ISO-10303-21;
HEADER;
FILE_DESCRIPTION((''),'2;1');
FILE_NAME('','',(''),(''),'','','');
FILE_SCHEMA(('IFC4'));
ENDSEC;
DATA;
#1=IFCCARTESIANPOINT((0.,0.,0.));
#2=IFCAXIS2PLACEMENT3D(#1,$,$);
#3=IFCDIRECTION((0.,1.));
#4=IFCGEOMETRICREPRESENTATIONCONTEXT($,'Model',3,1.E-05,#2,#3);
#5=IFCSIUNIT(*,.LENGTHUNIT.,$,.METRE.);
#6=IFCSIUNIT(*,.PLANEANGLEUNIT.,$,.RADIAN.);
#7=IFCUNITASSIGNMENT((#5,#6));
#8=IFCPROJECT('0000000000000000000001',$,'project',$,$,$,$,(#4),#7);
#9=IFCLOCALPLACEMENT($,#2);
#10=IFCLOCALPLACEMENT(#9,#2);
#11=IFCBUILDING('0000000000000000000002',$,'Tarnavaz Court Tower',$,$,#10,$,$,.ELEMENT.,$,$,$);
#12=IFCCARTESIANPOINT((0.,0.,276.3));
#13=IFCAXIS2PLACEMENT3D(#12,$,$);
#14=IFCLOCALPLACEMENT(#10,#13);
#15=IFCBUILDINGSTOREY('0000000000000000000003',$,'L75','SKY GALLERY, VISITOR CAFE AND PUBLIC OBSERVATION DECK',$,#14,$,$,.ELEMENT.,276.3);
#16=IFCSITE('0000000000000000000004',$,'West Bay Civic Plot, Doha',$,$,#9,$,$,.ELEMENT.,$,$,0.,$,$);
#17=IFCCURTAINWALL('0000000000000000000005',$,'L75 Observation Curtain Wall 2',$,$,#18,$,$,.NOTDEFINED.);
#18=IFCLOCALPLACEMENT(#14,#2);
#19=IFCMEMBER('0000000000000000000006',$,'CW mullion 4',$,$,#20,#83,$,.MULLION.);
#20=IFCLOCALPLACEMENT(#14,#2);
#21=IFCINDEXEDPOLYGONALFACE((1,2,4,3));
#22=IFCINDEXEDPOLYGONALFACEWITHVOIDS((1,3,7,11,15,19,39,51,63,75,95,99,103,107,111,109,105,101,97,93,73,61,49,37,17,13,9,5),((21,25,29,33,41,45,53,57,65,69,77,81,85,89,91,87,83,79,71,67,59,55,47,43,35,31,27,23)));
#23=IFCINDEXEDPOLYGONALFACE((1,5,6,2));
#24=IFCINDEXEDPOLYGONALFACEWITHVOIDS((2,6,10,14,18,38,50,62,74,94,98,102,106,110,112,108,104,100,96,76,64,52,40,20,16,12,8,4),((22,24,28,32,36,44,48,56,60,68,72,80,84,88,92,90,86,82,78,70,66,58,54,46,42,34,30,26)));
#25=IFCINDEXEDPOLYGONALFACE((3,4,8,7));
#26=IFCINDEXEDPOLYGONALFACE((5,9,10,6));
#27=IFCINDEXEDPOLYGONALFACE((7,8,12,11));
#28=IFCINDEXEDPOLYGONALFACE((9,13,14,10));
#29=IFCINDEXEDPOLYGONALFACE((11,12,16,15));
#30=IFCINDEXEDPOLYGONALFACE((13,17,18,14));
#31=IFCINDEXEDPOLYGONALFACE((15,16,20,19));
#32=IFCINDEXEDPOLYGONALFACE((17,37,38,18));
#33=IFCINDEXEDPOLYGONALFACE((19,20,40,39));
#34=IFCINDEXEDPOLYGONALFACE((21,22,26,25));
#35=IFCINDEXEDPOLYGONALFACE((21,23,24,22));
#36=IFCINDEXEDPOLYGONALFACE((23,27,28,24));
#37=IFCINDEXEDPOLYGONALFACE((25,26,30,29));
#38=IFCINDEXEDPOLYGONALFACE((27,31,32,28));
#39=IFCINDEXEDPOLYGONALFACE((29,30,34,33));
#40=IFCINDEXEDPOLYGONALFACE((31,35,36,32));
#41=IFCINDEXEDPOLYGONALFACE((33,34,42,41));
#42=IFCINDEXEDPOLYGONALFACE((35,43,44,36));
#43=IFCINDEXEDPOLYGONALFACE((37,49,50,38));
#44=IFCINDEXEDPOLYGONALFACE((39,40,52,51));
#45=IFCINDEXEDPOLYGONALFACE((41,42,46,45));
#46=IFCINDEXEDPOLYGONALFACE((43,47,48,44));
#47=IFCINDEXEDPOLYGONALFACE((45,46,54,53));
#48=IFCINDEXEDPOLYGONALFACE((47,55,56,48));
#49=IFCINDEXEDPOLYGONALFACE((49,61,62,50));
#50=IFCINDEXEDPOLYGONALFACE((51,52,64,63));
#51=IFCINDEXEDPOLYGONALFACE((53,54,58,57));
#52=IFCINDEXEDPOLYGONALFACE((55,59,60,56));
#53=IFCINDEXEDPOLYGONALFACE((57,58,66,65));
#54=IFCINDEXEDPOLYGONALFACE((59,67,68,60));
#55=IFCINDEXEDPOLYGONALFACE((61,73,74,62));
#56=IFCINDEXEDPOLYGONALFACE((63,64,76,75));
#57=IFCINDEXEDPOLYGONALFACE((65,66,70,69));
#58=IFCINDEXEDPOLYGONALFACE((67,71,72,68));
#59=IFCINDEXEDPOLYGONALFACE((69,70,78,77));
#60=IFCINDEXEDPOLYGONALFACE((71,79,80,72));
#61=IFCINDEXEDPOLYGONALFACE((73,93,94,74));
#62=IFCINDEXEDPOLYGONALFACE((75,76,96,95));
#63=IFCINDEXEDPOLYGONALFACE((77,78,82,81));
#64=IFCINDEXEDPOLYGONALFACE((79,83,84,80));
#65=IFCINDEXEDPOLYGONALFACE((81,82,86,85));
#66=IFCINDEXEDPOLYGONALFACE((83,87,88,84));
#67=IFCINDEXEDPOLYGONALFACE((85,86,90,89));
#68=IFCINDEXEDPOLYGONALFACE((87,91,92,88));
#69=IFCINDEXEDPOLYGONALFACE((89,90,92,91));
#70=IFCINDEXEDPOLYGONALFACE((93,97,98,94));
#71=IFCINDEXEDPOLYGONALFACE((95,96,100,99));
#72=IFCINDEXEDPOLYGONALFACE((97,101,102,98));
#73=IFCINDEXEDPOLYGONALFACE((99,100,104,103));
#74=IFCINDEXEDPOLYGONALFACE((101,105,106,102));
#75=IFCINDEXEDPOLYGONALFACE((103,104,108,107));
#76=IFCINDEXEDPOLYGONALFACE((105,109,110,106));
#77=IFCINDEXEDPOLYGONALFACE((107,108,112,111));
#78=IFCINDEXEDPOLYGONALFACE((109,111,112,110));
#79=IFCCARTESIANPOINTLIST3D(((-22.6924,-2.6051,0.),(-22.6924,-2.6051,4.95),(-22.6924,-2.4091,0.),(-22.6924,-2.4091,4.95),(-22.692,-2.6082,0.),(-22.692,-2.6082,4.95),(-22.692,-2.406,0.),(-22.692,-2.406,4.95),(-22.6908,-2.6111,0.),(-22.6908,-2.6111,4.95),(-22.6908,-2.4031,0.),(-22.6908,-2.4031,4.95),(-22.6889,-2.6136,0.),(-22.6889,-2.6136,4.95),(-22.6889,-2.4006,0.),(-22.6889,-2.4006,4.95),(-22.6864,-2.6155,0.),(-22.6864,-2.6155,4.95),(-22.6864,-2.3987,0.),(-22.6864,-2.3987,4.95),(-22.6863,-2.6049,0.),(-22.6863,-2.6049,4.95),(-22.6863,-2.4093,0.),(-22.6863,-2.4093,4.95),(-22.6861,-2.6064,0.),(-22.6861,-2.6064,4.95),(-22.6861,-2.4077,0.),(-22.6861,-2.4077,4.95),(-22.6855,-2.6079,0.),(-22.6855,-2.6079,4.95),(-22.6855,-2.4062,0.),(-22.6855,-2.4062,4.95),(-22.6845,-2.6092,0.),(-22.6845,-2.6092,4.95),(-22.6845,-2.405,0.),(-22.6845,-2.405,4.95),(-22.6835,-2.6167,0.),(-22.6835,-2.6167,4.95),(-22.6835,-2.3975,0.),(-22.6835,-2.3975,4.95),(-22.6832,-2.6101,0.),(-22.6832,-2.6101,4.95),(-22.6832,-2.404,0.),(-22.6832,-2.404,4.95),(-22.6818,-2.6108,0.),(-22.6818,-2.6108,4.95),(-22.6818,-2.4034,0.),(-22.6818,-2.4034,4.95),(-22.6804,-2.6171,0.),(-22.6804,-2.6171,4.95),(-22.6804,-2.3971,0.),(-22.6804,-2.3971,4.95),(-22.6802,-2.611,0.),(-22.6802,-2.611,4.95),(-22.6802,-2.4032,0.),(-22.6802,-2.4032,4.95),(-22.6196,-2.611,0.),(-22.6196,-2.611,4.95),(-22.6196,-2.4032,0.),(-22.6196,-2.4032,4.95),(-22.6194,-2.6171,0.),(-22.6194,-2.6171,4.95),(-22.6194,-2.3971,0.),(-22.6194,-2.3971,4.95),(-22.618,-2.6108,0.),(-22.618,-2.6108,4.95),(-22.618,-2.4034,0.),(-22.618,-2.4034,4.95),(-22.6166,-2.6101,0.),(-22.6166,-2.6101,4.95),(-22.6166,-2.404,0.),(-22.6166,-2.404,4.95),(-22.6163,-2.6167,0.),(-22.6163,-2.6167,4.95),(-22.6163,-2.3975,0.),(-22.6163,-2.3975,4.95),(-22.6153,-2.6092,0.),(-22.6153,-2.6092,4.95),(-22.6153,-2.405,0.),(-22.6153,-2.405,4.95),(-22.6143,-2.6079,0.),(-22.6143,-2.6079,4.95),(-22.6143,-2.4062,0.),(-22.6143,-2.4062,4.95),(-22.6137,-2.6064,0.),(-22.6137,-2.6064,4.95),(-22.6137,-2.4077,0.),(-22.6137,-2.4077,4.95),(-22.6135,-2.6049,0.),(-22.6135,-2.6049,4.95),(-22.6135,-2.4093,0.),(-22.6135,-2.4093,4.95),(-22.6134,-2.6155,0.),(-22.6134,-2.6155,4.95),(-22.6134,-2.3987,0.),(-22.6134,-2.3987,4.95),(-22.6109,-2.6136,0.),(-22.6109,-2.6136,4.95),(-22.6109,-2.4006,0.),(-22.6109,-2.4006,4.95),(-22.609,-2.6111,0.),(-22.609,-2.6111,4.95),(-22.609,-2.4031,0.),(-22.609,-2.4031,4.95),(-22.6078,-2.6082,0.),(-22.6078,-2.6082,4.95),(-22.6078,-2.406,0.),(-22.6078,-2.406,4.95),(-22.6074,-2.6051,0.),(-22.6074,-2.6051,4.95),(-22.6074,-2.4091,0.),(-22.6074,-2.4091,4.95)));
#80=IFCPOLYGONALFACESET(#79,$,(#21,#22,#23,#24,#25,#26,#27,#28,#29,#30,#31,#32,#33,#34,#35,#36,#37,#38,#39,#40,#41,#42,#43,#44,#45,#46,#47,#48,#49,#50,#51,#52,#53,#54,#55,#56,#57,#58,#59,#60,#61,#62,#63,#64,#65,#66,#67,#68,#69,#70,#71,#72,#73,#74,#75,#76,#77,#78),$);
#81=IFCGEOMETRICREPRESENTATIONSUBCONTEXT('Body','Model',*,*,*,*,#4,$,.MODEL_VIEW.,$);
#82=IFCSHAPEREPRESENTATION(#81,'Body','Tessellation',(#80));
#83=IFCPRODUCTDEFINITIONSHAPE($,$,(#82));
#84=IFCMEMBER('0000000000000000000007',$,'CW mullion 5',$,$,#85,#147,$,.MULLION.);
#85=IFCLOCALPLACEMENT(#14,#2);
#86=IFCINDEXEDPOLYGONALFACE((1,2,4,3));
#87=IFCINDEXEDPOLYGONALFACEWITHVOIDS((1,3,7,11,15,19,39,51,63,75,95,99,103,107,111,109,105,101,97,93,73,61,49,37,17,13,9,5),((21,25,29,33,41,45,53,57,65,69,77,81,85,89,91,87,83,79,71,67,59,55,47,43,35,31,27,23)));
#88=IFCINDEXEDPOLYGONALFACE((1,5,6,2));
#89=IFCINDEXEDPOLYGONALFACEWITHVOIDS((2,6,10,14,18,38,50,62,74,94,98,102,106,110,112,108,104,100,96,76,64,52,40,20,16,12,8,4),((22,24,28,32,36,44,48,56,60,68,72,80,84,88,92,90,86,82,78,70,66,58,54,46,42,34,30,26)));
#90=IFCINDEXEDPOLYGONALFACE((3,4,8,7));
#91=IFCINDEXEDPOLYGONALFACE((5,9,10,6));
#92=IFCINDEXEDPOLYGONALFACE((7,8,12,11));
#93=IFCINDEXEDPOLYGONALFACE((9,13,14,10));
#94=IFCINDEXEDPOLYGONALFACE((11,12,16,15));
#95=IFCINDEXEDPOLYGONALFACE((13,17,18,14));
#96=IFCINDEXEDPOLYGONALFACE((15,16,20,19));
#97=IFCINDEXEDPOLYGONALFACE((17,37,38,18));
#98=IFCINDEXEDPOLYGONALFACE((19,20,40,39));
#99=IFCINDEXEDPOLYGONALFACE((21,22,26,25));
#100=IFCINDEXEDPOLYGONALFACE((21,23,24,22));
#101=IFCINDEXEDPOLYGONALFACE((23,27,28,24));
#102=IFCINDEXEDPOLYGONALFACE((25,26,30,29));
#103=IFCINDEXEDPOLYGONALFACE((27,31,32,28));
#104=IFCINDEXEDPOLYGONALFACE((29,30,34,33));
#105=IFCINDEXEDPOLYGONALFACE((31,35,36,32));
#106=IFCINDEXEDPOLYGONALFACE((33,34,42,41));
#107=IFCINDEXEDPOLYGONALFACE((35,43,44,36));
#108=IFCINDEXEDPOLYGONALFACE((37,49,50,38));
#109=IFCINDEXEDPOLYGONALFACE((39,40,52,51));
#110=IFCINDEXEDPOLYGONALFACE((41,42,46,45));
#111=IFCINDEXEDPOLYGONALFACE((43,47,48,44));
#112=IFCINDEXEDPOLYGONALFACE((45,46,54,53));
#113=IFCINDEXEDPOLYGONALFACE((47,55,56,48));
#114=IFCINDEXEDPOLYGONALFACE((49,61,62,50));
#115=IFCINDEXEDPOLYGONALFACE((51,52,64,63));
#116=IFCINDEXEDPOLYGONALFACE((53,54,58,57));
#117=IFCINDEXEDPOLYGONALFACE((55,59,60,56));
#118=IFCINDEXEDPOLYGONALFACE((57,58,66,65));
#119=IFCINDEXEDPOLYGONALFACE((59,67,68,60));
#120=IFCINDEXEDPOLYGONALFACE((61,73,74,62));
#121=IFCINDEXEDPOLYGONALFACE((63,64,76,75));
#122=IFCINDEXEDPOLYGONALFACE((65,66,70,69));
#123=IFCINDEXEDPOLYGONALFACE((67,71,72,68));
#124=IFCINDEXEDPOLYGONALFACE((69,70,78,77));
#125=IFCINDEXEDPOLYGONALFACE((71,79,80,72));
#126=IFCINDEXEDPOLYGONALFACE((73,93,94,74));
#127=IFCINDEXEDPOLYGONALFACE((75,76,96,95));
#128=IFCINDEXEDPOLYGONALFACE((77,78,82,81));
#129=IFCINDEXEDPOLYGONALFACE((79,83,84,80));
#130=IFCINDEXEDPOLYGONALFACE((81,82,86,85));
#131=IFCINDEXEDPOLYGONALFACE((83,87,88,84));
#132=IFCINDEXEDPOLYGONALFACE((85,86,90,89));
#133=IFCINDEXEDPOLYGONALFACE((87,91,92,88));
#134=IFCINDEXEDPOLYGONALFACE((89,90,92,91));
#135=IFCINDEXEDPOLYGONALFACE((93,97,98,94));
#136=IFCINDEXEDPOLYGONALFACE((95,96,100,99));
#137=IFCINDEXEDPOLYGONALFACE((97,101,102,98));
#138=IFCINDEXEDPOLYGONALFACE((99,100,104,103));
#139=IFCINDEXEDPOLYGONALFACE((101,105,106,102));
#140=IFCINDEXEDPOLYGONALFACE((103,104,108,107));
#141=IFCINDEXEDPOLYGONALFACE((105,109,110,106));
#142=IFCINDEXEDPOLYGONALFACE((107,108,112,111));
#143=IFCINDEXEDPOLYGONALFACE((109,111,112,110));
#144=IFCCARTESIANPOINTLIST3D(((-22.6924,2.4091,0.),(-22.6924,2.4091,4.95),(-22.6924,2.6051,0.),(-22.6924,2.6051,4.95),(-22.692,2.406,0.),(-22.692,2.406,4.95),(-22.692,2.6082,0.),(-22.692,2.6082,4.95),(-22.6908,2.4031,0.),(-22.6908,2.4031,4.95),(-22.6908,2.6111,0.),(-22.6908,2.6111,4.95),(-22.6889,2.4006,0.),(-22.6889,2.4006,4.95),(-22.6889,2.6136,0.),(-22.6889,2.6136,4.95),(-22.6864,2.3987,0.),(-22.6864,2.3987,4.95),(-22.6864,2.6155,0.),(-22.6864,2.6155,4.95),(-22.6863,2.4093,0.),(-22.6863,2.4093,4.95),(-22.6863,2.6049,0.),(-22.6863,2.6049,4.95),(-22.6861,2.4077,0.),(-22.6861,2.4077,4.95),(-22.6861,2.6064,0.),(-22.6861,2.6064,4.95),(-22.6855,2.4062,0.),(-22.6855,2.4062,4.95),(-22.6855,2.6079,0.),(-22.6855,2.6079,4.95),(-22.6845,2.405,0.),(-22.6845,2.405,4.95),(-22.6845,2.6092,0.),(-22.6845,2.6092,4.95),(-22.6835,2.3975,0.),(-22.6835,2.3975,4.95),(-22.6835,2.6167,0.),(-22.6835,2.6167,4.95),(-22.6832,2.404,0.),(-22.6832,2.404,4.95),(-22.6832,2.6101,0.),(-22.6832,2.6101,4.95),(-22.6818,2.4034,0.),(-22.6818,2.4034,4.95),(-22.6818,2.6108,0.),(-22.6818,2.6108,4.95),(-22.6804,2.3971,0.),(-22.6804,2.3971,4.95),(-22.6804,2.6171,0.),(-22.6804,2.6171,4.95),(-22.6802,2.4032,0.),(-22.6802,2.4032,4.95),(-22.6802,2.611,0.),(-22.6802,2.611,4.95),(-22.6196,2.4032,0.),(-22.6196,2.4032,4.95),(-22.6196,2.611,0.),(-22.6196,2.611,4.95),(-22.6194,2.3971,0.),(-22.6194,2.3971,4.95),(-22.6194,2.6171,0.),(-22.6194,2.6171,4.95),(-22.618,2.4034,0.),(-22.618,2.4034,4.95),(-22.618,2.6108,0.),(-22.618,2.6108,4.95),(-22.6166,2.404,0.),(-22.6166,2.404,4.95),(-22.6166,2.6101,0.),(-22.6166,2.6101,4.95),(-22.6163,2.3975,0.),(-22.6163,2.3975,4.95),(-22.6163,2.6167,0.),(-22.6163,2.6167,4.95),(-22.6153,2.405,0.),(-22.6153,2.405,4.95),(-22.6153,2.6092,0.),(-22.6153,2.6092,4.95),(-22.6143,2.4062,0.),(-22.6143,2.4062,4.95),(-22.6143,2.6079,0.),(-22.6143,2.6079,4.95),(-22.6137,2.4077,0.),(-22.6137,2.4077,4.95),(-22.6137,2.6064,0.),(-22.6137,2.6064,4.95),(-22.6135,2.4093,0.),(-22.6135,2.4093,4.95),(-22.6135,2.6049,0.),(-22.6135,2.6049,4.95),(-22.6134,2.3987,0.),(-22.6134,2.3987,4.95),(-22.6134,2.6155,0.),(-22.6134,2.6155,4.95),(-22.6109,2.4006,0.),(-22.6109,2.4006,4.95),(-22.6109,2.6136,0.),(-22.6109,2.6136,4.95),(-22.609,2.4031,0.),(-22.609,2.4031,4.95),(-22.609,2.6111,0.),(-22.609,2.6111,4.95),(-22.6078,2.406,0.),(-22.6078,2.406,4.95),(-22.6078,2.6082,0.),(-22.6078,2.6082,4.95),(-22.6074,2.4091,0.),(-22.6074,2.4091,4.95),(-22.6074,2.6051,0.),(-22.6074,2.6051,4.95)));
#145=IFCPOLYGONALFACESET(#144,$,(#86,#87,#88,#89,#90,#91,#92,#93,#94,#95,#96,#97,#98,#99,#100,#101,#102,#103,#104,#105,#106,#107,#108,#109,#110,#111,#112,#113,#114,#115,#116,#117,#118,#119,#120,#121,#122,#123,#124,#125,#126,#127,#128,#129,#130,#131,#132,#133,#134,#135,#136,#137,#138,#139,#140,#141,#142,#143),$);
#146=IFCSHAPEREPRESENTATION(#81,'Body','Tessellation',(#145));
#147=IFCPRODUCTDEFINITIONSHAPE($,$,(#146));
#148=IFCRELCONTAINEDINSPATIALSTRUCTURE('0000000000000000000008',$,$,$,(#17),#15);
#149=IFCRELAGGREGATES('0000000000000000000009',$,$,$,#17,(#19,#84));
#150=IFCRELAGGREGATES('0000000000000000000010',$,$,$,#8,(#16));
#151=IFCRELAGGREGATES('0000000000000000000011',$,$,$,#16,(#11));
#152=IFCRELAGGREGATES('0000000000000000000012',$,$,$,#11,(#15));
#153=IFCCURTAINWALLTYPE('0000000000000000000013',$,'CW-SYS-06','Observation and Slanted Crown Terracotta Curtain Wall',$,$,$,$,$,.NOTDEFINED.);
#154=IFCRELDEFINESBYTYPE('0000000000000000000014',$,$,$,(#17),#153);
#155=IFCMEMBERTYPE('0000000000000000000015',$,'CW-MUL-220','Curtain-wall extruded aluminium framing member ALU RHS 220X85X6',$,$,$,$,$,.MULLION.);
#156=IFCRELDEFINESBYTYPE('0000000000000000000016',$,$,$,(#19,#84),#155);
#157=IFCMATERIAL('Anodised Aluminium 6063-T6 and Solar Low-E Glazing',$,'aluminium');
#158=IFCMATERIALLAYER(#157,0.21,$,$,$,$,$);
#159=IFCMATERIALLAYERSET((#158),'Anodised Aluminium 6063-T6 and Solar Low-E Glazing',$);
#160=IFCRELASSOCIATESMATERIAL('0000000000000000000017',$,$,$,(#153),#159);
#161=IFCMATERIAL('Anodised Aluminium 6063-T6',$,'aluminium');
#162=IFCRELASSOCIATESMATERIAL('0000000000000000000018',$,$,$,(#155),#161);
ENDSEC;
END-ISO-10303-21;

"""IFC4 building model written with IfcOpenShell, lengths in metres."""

from ifc_helpers import new_model, si_unit, direction, frame, origin, origin_2d, place, context, subcontext, project, spatial, hollow_rectangle, extrude, material, layer, layer_set, material_profile, profile_set, type_object, element, aggregate, save


model = new_model("IFC4")

# Units and contexts
model_context = context("Model", 3, precision=1e-05, world=origin(), true_north=direction((0.0, 1.0)))
body_context = subcontext(model_context, "Body", "Model", "MODEL_VIEW")
ifc_project = project(units=[si_unit("LENGTHUNIT", "METRE"), si_unit("PLANEANGLEUNIT", "RADIAN")], contexts=[model_context])

# Site, building, storey
site_placement = place(None, origin())
site = spatial("IfcSite", under=ifc_project, at=site_placement, Name="West Bay Civic Plot, Doha", CompositionType="ELEMENT", RefElevation=0.0)
building_placement = place(site_placement, origin())
building = spatial("IfcBuilding", under=site, at=building_placement, Name="Tarnavaz Court Tower", CompositionType="ELEMENT")
storey_placement = place(building_placement, frame((0.0, 0.0, 276.3)))
storey = spatial("IfcBuildingStorey", under=building, at=storey_placement, Name="L75", Description="SKY GALLERY, VISITOR CAFE AND PUBLIC OBSERVATION DECK", CompositionType="ELEMENT", Elevation=276.3)

# Curtain wall, members
ifc_material_1 = material(Name="Anodised Aluminium 6063-T6 and Solar Low-E Glazing", Category="aluminium")
ifc_layer_1 = layer(ifc_material_1, 0.21)
ifc_layer_set_1 = layer_set([ifc_layer_1], Name="Anodised Aluminium 6063-T6 and Solar Low-E Glazing")
curtain_wall_type = type_object("IfcCurtainWallType", Name="CW-SYS-06", Description="Observation and Slanted Crown Terracotta Curtain Wall", PredefinedType="NOTDEFINED", material=ifc_layer_set_1)
curtain_wall_placement = place(storey_placement, origin())
curtain_wall = element("IfcCurtainWall", 1, at=curtain_wall_placement, inside=storey, type_object=curtain_wall_type, Name="L75 Observation Curtain Wall 2", PredefinedType="NOTDEFINED")
ifc_material_2 = material(Name="Anodised Aluminium 6063-T6", Category="aluminium")
ifc_material_profile_1 = material_profile(ifc_material_2, hollow_rectangle(XDim=0.085, YDim=0.22, WallThickness=0.0061, InnerFilletRadius=0.0061, OuterFilletRadius=0.012, at=origin_2d()), Name="ALU RHS 220X85X6")
ifc_profile_set_1 = profile_set([ifc_material_profile_1], Name="Anodised Aluminium 6063-T6")
member_type_1 = type_object("IfcMemberType", Name="CW-MUL-220", Description="Curtain-wall extruded aluminium framing member ALU RHS 220X85X6", PredefinedType="MULLION", material=ifc_profile_set_1)
member_1_placement = place(storey_placement, frame((-22.6499, -2.5071, 0.0), z_axis=(0.0, 0.0, 1.0), x_axis=(-1.0, 0.0, 0.0)))
member_1 = element("IfcMember", 2, at=member_1_placement, type_object=member_type_1, Name="CW mullion 4", PredefinedType="MULLION", context=body_context, shape_type="SweptSolid", body=[
    extrude(hollow_rectangle(XDim=0.085, YDim=0.22, WallThickness=0.0061, InnerFilletRadius=0.0061, OuterFilletRadius=0.012, at=origin_2d()), origin(), (0.0, 0.0, 1.0), 4.95),
])
member_2_placement = place(storey_placement, frame((-22.6499, 2.5071, 0.0), z_axis=(0.0, 0.0, 1.0), x_axis=(-1.0, 0.0, 0.0)))
member_2 = element("IfcMember", 3, at=member_2_placement, type_object=member_type_1, Name="CW mullion 5", PredefinedType="MULLION", context=body_context, shape_type="SweptSolid", body=[
    extrude(hollow_rectangle(XDim=0.085, YDim=0.22, WallThickness=0.0061, InnerFilletRadius=0.0061, OuterFilletRadius=0.012, at=origin_2d()), origin(), (0.0, 0.0, 1.0), 4.95),
])
aggregate(curtain_wall, [member_1, member_2])

save(model, "model.ifc")
